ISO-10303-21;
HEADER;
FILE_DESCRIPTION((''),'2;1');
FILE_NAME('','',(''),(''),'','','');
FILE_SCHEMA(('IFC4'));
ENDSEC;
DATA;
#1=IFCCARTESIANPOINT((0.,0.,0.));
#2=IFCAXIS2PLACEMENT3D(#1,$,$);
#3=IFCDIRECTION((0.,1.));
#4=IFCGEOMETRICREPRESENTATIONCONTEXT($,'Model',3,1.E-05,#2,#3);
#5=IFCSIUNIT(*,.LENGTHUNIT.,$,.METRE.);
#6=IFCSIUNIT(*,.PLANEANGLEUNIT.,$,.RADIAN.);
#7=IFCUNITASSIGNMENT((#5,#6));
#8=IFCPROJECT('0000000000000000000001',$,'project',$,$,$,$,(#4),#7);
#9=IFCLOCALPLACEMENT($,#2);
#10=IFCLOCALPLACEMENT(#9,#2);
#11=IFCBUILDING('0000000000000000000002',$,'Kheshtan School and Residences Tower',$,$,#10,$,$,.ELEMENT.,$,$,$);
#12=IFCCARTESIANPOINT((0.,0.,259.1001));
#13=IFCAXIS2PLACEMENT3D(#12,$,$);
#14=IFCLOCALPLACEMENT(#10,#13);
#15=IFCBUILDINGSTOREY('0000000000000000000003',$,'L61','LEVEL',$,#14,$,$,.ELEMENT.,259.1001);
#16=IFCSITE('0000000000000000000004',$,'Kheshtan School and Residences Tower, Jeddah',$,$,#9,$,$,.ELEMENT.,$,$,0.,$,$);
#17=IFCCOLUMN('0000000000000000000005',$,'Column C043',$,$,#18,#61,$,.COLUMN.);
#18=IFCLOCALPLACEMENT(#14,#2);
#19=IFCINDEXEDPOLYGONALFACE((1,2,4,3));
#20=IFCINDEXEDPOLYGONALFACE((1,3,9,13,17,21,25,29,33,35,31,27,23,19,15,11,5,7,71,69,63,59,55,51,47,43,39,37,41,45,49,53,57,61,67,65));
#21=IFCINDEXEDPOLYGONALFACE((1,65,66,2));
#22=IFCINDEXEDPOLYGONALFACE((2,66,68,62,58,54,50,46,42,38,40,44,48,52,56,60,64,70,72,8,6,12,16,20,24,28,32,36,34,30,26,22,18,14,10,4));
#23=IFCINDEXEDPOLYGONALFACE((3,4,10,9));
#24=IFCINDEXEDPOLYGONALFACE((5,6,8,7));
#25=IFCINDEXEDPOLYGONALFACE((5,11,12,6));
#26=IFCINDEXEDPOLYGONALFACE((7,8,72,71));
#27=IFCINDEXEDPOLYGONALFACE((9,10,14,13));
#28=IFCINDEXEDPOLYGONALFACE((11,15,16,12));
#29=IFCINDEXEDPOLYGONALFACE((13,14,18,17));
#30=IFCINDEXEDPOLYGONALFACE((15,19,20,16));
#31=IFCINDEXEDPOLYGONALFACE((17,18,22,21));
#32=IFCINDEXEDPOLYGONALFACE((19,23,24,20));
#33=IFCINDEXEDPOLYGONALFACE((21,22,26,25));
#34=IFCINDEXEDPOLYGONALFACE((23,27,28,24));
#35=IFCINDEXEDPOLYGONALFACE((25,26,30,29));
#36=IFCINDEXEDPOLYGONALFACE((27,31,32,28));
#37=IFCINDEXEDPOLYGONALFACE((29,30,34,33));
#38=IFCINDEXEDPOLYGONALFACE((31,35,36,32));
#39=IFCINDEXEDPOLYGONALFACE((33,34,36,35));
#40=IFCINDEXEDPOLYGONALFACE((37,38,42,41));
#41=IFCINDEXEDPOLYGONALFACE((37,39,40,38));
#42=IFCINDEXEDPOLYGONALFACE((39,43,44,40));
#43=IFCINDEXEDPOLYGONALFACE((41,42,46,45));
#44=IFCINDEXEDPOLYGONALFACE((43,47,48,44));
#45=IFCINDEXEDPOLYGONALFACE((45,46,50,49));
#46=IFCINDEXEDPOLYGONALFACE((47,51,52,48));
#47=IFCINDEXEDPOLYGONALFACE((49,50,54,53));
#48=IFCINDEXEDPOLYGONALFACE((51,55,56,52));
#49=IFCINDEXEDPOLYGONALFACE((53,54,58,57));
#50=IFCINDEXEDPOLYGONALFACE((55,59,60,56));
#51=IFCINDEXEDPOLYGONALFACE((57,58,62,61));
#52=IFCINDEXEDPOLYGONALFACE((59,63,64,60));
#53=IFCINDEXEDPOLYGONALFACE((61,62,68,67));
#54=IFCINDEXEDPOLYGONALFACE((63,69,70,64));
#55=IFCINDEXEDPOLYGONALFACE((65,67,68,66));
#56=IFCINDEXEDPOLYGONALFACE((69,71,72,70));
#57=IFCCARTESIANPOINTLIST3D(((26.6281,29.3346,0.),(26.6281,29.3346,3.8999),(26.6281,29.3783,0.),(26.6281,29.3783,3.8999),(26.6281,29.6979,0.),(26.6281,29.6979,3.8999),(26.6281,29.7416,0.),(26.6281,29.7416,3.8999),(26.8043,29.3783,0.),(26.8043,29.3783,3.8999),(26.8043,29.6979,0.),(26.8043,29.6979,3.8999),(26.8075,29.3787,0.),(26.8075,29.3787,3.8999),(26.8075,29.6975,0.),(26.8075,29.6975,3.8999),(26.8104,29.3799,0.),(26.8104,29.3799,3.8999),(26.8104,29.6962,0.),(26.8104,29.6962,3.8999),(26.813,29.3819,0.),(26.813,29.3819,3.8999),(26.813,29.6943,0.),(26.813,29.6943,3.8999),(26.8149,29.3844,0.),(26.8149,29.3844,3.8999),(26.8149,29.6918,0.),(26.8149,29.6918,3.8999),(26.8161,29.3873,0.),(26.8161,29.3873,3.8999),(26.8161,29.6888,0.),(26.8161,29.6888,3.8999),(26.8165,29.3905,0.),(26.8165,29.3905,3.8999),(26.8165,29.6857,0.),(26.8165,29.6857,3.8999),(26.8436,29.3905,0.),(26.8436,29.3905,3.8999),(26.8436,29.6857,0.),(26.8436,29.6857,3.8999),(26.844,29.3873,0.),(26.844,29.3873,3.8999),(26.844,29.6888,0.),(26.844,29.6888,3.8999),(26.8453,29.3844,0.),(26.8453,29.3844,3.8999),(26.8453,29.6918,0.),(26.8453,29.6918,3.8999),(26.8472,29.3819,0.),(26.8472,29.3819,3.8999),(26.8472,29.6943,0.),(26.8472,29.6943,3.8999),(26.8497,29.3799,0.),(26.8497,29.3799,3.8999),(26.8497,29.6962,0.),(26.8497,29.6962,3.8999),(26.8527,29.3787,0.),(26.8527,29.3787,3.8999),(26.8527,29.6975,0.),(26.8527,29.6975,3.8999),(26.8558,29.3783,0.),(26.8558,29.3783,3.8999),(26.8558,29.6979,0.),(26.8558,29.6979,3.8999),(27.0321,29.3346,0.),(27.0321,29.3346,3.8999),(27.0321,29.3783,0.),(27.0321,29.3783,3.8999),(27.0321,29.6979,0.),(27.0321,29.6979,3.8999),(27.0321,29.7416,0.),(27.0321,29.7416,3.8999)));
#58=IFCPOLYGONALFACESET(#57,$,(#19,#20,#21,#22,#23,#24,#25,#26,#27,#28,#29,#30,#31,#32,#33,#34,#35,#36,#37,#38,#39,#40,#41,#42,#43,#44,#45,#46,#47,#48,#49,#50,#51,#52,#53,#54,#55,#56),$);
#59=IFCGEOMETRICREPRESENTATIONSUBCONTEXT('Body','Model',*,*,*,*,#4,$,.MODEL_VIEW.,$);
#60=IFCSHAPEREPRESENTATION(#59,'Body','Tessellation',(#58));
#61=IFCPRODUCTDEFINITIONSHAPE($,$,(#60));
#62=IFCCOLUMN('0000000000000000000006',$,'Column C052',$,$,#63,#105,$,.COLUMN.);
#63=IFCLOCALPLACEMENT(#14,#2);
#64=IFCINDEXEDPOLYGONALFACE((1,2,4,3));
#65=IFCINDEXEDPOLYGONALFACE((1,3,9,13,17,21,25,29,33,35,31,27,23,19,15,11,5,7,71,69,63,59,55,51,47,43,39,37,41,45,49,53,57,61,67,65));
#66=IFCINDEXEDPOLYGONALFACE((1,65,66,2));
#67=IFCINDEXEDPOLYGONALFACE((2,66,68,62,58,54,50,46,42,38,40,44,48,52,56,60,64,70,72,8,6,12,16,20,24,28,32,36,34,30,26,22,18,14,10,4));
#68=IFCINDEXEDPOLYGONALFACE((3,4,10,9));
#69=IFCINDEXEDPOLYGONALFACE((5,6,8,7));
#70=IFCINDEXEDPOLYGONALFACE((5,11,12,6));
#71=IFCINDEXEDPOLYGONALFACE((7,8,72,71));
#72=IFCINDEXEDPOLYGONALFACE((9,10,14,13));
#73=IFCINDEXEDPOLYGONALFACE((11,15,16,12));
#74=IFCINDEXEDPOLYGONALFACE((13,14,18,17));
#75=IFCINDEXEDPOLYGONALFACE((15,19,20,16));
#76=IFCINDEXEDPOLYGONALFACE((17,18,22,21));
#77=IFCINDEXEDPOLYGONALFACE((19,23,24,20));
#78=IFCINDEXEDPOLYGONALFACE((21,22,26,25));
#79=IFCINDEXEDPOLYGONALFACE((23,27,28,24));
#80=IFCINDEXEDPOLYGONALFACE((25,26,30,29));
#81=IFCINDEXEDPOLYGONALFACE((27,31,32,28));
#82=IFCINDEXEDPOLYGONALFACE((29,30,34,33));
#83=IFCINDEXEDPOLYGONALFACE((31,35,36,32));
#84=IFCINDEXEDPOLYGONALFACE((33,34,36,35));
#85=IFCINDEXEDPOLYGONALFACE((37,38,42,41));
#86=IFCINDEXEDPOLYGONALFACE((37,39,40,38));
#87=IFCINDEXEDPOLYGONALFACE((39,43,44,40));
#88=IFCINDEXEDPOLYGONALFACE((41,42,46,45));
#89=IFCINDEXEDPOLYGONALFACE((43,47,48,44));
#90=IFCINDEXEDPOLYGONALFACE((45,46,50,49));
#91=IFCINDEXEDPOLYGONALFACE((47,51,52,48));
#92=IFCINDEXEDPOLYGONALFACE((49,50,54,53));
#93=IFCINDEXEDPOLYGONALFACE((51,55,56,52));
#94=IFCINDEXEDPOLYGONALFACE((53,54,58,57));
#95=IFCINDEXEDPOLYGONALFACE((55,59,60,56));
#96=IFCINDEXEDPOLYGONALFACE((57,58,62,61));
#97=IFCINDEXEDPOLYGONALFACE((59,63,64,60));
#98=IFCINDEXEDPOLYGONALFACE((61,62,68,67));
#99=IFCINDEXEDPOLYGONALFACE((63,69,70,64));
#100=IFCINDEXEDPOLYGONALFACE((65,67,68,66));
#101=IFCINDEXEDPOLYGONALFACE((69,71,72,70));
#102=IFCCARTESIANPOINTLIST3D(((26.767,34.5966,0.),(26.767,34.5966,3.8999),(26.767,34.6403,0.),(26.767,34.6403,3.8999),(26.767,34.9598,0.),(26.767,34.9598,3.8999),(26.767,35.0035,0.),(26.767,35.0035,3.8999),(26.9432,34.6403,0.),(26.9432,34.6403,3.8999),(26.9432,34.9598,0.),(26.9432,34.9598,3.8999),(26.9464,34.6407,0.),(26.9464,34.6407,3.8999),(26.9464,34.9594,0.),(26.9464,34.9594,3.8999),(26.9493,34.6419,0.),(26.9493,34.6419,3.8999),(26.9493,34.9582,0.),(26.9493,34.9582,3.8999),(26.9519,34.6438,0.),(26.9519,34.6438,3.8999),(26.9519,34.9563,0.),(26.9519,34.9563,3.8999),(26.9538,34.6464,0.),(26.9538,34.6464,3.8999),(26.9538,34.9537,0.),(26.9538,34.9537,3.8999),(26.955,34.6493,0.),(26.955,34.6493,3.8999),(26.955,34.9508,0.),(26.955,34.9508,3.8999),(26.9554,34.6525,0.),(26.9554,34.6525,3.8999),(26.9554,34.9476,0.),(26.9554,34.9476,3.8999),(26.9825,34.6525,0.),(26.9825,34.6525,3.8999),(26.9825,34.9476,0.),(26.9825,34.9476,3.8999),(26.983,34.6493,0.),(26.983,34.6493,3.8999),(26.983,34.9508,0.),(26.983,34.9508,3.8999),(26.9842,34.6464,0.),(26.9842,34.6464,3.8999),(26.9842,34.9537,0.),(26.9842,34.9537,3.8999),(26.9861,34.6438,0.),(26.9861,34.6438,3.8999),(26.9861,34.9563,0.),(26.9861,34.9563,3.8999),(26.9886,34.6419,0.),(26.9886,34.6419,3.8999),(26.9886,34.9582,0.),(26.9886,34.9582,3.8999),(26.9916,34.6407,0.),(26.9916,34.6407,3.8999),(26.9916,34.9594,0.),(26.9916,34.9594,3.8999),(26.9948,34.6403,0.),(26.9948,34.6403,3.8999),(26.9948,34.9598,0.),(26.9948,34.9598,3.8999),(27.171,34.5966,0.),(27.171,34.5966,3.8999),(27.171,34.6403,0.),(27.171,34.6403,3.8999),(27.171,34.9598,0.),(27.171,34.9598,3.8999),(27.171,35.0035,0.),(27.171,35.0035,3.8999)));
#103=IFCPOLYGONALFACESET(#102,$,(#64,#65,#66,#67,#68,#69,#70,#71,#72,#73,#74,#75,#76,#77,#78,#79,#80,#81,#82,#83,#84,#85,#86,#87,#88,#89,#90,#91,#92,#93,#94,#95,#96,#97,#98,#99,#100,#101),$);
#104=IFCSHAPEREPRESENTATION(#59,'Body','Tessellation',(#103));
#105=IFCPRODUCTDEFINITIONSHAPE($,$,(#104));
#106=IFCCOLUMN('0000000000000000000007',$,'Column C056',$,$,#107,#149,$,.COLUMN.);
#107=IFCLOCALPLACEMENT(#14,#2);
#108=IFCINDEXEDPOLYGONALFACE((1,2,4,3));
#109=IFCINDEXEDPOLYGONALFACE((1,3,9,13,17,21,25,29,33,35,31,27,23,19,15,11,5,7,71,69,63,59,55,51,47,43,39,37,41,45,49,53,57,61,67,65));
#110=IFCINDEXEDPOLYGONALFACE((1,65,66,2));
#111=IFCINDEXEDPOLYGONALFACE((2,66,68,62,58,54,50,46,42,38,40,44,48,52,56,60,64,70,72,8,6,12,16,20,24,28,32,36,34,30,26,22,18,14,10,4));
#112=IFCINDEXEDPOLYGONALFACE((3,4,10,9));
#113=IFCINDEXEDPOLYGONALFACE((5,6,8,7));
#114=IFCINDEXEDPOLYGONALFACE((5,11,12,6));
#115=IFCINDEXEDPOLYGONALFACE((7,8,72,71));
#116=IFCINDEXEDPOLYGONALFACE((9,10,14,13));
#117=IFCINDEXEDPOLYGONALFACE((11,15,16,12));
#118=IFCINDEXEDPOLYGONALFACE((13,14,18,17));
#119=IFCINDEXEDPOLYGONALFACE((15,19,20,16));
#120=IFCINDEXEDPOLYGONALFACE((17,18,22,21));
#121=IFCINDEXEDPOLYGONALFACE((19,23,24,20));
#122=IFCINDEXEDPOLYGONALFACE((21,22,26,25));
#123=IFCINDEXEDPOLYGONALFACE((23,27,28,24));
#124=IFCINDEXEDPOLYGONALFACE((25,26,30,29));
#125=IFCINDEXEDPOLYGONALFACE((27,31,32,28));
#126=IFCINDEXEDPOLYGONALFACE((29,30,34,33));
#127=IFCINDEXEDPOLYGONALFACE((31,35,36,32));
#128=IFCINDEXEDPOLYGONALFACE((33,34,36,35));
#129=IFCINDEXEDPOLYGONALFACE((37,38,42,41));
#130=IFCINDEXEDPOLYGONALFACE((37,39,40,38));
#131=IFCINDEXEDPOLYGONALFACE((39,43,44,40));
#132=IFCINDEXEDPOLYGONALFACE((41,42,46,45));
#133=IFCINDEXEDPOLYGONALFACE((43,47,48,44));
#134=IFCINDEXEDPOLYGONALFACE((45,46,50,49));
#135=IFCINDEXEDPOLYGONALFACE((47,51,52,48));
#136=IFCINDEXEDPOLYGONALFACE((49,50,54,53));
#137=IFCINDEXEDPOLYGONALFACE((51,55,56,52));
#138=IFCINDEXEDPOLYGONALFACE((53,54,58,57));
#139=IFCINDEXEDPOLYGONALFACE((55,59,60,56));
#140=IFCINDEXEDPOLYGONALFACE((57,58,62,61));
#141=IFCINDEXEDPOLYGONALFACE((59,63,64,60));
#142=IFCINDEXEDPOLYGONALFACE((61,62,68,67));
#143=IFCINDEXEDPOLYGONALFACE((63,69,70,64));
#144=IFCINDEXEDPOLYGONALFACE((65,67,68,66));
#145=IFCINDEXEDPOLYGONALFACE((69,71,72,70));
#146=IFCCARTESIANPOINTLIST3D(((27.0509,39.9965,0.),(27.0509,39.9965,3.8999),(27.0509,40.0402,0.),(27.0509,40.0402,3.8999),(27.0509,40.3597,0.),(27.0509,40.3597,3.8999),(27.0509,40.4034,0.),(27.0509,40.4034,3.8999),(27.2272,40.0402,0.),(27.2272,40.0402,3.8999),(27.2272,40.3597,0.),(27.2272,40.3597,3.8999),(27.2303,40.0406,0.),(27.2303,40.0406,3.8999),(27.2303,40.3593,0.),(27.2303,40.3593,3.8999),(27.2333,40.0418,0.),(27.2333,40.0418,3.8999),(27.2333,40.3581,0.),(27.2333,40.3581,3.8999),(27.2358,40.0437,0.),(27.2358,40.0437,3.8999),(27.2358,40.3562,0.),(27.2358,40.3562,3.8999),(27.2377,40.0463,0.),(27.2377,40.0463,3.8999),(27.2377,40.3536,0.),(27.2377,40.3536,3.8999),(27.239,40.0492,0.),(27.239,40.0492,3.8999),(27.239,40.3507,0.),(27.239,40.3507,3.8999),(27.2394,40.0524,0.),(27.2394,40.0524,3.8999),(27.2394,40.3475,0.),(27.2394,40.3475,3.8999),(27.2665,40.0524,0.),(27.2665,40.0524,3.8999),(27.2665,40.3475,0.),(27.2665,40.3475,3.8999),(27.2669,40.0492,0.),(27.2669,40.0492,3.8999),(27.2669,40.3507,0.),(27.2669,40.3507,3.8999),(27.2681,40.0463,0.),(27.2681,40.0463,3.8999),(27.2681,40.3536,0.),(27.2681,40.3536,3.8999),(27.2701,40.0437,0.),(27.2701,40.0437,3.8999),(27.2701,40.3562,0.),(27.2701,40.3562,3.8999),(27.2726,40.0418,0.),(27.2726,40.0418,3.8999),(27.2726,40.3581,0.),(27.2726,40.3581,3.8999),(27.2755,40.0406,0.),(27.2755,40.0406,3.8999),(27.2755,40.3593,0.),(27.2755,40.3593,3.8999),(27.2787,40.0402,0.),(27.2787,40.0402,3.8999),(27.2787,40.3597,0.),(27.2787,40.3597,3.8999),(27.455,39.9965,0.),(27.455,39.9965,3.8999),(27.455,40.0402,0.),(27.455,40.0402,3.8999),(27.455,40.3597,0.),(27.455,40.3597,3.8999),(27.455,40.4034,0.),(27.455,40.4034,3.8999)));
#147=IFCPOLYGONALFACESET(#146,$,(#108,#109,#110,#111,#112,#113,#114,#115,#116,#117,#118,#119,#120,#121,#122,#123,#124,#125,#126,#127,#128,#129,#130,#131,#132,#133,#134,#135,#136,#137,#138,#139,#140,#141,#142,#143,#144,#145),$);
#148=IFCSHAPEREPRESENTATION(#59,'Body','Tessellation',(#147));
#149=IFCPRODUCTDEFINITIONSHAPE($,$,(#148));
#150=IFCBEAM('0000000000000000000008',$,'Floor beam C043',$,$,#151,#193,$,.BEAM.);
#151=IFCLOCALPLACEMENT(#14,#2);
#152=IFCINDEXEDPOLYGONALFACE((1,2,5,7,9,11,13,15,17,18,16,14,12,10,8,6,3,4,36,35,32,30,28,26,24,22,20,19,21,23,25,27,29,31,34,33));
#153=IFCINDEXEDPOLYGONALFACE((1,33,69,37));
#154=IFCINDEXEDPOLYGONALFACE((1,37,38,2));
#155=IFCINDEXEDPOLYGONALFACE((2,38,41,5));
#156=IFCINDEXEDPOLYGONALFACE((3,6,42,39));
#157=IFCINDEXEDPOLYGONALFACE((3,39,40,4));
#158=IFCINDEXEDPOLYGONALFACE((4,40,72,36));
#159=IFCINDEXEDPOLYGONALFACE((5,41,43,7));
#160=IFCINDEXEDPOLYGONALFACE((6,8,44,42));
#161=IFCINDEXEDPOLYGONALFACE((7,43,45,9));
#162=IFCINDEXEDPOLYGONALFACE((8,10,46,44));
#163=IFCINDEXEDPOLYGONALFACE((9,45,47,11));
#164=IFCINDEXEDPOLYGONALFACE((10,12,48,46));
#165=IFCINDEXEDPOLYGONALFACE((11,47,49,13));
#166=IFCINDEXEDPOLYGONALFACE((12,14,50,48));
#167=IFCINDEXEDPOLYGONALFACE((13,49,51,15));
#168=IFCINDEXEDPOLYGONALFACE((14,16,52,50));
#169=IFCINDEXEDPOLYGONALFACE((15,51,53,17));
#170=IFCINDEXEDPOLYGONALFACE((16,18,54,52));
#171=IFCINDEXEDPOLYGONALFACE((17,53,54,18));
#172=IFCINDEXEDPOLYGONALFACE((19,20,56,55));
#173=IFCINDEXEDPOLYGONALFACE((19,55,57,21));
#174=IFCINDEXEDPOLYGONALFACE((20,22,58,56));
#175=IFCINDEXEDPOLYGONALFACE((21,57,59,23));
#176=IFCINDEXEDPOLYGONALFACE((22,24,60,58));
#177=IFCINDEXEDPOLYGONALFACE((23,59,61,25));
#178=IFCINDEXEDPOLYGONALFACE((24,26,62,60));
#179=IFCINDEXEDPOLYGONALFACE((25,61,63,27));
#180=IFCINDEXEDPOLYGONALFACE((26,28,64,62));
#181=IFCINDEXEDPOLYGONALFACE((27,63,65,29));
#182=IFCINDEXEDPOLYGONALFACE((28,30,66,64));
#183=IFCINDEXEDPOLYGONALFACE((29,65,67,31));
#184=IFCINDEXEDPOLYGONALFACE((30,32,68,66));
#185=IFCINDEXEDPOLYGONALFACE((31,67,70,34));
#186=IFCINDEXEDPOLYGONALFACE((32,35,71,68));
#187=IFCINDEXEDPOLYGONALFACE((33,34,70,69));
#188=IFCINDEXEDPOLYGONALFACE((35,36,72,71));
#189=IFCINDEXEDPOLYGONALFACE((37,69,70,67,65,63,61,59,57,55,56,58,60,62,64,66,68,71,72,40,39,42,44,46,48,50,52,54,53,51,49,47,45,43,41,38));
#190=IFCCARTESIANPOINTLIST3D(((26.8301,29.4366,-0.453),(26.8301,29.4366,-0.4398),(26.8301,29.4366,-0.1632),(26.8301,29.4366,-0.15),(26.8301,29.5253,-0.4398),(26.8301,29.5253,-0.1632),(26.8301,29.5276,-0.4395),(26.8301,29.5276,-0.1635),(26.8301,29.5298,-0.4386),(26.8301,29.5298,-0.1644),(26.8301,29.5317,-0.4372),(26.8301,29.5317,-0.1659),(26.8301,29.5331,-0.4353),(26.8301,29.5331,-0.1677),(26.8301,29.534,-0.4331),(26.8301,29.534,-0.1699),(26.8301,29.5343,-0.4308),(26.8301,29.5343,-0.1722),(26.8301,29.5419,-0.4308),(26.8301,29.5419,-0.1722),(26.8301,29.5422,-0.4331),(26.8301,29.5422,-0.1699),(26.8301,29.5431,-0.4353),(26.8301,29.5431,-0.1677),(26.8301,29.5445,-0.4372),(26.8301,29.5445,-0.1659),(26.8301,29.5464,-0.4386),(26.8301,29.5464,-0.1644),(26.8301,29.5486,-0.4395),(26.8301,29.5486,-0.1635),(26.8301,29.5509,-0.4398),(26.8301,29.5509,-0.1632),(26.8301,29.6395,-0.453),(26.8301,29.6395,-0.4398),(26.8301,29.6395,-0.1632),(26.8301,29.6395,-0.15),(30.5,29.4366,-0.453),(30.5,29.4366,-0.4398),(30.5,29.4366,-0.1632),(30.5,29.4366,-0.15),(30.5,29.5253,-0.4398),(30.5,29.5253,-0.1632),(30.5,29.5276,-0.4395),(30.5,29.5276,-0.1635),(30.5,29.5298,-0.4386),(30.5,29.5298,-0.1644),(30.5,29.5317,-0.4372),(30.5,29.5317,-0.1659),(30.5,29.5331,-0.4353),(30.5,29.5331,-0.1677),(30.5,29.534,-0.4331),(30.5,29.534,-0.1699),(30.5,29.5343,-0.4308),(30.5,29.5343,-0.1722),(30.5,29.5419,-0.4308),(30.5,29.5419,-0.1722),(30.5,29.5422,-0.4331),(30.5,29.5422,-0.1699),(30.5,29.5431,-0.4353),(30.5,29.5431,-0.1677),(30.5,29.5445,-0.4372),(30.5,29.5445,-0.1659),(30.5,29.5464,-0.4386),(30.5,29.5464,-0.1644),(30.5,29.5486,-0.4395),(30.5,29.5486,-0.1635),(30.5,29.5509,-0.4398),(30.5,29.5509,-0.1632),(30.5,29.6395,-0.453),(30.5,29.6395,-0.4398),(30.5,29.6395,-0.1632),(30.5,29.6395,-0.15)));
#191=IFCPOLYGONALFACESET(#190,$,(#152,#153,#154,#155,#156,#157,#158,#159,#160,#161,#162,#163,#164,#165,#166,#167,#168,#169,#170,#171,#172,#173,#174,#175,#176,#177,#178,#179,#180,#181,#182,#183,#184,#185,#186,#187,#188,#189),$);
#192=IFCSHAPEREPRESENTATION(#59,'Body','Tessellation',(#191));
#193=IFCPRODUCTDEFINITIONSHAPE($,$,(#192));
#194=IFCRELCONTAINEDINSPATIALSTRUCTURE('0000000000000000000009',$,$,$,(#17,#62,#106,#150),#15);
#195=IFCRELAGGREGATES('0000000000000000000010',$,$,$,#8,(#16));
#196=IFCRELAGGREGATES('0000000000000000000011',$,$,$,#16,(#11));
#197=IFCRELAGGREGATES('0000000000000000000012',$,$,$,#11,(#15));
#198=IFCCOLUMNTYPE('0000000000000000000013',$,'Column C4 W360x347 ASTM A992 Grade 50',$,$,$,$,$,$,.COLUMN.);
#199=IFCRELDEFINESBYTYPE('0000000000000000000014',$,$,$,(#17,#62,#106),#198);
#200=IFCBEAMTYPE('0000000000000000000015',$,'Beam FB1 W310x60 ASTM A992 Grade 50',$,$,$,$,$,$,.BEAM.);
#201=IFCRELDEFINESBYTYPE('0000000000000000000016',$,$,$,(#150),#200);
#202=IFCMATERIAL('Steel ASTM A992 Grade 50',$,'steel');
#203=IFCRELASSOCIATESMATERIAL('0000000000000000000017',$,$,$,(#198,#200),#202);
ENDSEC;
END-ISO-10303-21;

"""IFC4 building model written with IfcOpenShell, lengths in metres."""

from ifc_helpers import new_model, si_unit, direction, frame, origin, origin_2d, place, context, subcontext, project, spatial, i_section, extrude, material, material_profile, profile_set, type_object, element, save


model = new_model("IFC4")

# Units and contexts
model_context = context("Model", 3, precision=1e-05, world=origin(), true_north=direction((0.0, 1.0)))
body_context = subcontext(model_context, "Body", "Model", "MODEL_VIEW")
ifc_project = project(units=[si_unit("LENGTHUNIT", "METRE"), si_unit("PLANEANGLEUNIT", "RADIAN")], contexts=[model_context])

# Site, building, storey
site_placement = place(None, origin())
site = spatial("IfcSite", under=ifc_project, at=site_placement, Name="Kheshtan School and Residences Tower, Jeddah", CompositionType="ELEMENT", RefElevation=0.0)
building_placement = place(site_placement, origin())
building = spatial("IfcBuilding", under=site, at=building_placement, Name="Kheshtan School and Residences Tower", CompositionType="ELEMENT")
storey_placement = place(building_placement, frame((0.0, 0.0, 259.1001)))
storey = spatial("IfcBuildingStorey", under=building, at=storey_placement, Name="L61", Description="LEVEL", CompositionType="ELEMENT", Elevation=259.1001)

# Columns
ifc_material_1 = material(Name="Steel ASTM A992 Grade 50", Category="steel")
ifc_material_profile_1 = material_profile(ifc_material_1, i_section(OverallWidth=0.4041, OverallDepth=0.407, WebThickness=0.0271, FlangeThickness=0.0437, FilletRadius=0.0122, at=origin_2d()), Name="W360x347")
ifc_profile_set_1 = profile_set([ifc_material_profile_1], Name="Steel ASTM A992 Grade 50")
column_type = type_object("IfcColumnType", Name="Column C4 W360x347 ASTM A992 Grade 50", PredefinedType="COLUMN", material=ifc_profile_set_1)
for number, where, z_axis, x_axis, name in (
    (1, (26.8301, 29.5381, 0.0), (0.0, 0.0, 1.0), (1.0, 0.0, 0.0), "Column C043"),
    (2, (26.969, 34.8, 0.0), (0.0, 0.0, 1.0), (1.0, 0.0, 0.0), "Column C052"),
    (3, (27.2529, 40.2, 0.0), (0.0, 0.0, 1.0), (1.0, 0.0, 0.0), "Column C056"),
):
    element("IfcColumn", number, at=place(storey_placement, frame(where, z_axis=z_axis, x_axis=x_axis)), inside=storey, type_object=column_type, Name=name, PredefinedType="COLUMN", context=body_context, shape_type="SweptSolid", body=[
        extrude(i_section(OverallWidth=0.4041, OverallDepth=0.407, WebThickness=0.0271, FlangeThickness=0.0437, FilletRadius=0.0122, at=origin_2d()), origin(), (0.0, 0.0, 1.0), 3.8999),
    ])

# Beam
ifc_material_profile_2 = material_profile(ifc_material_1, i_section(OverallWidth=0.2029, OverallDepth=0.303, WebThickness=0.0076, FlangeThickness=0.0132, FilletRadius=0.009, at=origin_2d()), Name="W310x60")
ifc_profile_set_2 = profile_set([ifc_material_profile_2], Name="Steel ASTM A992 Grade 50")
beam_type_1 = type_object("IfcBeamType", Name="Beam FB1 W310x60 ASTM A992 Grade 50", PredefinedType="BEAM", material=ifc_profile_set_2)
beam_1_placement = place(storey_placement, frame((26.8301, 29.5381, -0.3015), z_axis=(1.0, 0.0, 0.0), x_axis=(0.0, 1.0, 0.0)))
element("IfcBeam", 4, at=beam_1_placement, inside=storey, type_object=beam_type_1, Name="Floor beam C043", PredefinedType="BEAM", context=body_context, shape_type="SweptSolid", body=[
    extrude(i_section(OverallWidth=0.2029, OverallDepth=0.303, WebThickness=0.0076, FlangeThickness=0.0132, FilletRadius=0.009, at=origin_2d()), origin(), (0.0, 0.0, 1.0), 3.6699),
])

save(model, "model.ifc")
